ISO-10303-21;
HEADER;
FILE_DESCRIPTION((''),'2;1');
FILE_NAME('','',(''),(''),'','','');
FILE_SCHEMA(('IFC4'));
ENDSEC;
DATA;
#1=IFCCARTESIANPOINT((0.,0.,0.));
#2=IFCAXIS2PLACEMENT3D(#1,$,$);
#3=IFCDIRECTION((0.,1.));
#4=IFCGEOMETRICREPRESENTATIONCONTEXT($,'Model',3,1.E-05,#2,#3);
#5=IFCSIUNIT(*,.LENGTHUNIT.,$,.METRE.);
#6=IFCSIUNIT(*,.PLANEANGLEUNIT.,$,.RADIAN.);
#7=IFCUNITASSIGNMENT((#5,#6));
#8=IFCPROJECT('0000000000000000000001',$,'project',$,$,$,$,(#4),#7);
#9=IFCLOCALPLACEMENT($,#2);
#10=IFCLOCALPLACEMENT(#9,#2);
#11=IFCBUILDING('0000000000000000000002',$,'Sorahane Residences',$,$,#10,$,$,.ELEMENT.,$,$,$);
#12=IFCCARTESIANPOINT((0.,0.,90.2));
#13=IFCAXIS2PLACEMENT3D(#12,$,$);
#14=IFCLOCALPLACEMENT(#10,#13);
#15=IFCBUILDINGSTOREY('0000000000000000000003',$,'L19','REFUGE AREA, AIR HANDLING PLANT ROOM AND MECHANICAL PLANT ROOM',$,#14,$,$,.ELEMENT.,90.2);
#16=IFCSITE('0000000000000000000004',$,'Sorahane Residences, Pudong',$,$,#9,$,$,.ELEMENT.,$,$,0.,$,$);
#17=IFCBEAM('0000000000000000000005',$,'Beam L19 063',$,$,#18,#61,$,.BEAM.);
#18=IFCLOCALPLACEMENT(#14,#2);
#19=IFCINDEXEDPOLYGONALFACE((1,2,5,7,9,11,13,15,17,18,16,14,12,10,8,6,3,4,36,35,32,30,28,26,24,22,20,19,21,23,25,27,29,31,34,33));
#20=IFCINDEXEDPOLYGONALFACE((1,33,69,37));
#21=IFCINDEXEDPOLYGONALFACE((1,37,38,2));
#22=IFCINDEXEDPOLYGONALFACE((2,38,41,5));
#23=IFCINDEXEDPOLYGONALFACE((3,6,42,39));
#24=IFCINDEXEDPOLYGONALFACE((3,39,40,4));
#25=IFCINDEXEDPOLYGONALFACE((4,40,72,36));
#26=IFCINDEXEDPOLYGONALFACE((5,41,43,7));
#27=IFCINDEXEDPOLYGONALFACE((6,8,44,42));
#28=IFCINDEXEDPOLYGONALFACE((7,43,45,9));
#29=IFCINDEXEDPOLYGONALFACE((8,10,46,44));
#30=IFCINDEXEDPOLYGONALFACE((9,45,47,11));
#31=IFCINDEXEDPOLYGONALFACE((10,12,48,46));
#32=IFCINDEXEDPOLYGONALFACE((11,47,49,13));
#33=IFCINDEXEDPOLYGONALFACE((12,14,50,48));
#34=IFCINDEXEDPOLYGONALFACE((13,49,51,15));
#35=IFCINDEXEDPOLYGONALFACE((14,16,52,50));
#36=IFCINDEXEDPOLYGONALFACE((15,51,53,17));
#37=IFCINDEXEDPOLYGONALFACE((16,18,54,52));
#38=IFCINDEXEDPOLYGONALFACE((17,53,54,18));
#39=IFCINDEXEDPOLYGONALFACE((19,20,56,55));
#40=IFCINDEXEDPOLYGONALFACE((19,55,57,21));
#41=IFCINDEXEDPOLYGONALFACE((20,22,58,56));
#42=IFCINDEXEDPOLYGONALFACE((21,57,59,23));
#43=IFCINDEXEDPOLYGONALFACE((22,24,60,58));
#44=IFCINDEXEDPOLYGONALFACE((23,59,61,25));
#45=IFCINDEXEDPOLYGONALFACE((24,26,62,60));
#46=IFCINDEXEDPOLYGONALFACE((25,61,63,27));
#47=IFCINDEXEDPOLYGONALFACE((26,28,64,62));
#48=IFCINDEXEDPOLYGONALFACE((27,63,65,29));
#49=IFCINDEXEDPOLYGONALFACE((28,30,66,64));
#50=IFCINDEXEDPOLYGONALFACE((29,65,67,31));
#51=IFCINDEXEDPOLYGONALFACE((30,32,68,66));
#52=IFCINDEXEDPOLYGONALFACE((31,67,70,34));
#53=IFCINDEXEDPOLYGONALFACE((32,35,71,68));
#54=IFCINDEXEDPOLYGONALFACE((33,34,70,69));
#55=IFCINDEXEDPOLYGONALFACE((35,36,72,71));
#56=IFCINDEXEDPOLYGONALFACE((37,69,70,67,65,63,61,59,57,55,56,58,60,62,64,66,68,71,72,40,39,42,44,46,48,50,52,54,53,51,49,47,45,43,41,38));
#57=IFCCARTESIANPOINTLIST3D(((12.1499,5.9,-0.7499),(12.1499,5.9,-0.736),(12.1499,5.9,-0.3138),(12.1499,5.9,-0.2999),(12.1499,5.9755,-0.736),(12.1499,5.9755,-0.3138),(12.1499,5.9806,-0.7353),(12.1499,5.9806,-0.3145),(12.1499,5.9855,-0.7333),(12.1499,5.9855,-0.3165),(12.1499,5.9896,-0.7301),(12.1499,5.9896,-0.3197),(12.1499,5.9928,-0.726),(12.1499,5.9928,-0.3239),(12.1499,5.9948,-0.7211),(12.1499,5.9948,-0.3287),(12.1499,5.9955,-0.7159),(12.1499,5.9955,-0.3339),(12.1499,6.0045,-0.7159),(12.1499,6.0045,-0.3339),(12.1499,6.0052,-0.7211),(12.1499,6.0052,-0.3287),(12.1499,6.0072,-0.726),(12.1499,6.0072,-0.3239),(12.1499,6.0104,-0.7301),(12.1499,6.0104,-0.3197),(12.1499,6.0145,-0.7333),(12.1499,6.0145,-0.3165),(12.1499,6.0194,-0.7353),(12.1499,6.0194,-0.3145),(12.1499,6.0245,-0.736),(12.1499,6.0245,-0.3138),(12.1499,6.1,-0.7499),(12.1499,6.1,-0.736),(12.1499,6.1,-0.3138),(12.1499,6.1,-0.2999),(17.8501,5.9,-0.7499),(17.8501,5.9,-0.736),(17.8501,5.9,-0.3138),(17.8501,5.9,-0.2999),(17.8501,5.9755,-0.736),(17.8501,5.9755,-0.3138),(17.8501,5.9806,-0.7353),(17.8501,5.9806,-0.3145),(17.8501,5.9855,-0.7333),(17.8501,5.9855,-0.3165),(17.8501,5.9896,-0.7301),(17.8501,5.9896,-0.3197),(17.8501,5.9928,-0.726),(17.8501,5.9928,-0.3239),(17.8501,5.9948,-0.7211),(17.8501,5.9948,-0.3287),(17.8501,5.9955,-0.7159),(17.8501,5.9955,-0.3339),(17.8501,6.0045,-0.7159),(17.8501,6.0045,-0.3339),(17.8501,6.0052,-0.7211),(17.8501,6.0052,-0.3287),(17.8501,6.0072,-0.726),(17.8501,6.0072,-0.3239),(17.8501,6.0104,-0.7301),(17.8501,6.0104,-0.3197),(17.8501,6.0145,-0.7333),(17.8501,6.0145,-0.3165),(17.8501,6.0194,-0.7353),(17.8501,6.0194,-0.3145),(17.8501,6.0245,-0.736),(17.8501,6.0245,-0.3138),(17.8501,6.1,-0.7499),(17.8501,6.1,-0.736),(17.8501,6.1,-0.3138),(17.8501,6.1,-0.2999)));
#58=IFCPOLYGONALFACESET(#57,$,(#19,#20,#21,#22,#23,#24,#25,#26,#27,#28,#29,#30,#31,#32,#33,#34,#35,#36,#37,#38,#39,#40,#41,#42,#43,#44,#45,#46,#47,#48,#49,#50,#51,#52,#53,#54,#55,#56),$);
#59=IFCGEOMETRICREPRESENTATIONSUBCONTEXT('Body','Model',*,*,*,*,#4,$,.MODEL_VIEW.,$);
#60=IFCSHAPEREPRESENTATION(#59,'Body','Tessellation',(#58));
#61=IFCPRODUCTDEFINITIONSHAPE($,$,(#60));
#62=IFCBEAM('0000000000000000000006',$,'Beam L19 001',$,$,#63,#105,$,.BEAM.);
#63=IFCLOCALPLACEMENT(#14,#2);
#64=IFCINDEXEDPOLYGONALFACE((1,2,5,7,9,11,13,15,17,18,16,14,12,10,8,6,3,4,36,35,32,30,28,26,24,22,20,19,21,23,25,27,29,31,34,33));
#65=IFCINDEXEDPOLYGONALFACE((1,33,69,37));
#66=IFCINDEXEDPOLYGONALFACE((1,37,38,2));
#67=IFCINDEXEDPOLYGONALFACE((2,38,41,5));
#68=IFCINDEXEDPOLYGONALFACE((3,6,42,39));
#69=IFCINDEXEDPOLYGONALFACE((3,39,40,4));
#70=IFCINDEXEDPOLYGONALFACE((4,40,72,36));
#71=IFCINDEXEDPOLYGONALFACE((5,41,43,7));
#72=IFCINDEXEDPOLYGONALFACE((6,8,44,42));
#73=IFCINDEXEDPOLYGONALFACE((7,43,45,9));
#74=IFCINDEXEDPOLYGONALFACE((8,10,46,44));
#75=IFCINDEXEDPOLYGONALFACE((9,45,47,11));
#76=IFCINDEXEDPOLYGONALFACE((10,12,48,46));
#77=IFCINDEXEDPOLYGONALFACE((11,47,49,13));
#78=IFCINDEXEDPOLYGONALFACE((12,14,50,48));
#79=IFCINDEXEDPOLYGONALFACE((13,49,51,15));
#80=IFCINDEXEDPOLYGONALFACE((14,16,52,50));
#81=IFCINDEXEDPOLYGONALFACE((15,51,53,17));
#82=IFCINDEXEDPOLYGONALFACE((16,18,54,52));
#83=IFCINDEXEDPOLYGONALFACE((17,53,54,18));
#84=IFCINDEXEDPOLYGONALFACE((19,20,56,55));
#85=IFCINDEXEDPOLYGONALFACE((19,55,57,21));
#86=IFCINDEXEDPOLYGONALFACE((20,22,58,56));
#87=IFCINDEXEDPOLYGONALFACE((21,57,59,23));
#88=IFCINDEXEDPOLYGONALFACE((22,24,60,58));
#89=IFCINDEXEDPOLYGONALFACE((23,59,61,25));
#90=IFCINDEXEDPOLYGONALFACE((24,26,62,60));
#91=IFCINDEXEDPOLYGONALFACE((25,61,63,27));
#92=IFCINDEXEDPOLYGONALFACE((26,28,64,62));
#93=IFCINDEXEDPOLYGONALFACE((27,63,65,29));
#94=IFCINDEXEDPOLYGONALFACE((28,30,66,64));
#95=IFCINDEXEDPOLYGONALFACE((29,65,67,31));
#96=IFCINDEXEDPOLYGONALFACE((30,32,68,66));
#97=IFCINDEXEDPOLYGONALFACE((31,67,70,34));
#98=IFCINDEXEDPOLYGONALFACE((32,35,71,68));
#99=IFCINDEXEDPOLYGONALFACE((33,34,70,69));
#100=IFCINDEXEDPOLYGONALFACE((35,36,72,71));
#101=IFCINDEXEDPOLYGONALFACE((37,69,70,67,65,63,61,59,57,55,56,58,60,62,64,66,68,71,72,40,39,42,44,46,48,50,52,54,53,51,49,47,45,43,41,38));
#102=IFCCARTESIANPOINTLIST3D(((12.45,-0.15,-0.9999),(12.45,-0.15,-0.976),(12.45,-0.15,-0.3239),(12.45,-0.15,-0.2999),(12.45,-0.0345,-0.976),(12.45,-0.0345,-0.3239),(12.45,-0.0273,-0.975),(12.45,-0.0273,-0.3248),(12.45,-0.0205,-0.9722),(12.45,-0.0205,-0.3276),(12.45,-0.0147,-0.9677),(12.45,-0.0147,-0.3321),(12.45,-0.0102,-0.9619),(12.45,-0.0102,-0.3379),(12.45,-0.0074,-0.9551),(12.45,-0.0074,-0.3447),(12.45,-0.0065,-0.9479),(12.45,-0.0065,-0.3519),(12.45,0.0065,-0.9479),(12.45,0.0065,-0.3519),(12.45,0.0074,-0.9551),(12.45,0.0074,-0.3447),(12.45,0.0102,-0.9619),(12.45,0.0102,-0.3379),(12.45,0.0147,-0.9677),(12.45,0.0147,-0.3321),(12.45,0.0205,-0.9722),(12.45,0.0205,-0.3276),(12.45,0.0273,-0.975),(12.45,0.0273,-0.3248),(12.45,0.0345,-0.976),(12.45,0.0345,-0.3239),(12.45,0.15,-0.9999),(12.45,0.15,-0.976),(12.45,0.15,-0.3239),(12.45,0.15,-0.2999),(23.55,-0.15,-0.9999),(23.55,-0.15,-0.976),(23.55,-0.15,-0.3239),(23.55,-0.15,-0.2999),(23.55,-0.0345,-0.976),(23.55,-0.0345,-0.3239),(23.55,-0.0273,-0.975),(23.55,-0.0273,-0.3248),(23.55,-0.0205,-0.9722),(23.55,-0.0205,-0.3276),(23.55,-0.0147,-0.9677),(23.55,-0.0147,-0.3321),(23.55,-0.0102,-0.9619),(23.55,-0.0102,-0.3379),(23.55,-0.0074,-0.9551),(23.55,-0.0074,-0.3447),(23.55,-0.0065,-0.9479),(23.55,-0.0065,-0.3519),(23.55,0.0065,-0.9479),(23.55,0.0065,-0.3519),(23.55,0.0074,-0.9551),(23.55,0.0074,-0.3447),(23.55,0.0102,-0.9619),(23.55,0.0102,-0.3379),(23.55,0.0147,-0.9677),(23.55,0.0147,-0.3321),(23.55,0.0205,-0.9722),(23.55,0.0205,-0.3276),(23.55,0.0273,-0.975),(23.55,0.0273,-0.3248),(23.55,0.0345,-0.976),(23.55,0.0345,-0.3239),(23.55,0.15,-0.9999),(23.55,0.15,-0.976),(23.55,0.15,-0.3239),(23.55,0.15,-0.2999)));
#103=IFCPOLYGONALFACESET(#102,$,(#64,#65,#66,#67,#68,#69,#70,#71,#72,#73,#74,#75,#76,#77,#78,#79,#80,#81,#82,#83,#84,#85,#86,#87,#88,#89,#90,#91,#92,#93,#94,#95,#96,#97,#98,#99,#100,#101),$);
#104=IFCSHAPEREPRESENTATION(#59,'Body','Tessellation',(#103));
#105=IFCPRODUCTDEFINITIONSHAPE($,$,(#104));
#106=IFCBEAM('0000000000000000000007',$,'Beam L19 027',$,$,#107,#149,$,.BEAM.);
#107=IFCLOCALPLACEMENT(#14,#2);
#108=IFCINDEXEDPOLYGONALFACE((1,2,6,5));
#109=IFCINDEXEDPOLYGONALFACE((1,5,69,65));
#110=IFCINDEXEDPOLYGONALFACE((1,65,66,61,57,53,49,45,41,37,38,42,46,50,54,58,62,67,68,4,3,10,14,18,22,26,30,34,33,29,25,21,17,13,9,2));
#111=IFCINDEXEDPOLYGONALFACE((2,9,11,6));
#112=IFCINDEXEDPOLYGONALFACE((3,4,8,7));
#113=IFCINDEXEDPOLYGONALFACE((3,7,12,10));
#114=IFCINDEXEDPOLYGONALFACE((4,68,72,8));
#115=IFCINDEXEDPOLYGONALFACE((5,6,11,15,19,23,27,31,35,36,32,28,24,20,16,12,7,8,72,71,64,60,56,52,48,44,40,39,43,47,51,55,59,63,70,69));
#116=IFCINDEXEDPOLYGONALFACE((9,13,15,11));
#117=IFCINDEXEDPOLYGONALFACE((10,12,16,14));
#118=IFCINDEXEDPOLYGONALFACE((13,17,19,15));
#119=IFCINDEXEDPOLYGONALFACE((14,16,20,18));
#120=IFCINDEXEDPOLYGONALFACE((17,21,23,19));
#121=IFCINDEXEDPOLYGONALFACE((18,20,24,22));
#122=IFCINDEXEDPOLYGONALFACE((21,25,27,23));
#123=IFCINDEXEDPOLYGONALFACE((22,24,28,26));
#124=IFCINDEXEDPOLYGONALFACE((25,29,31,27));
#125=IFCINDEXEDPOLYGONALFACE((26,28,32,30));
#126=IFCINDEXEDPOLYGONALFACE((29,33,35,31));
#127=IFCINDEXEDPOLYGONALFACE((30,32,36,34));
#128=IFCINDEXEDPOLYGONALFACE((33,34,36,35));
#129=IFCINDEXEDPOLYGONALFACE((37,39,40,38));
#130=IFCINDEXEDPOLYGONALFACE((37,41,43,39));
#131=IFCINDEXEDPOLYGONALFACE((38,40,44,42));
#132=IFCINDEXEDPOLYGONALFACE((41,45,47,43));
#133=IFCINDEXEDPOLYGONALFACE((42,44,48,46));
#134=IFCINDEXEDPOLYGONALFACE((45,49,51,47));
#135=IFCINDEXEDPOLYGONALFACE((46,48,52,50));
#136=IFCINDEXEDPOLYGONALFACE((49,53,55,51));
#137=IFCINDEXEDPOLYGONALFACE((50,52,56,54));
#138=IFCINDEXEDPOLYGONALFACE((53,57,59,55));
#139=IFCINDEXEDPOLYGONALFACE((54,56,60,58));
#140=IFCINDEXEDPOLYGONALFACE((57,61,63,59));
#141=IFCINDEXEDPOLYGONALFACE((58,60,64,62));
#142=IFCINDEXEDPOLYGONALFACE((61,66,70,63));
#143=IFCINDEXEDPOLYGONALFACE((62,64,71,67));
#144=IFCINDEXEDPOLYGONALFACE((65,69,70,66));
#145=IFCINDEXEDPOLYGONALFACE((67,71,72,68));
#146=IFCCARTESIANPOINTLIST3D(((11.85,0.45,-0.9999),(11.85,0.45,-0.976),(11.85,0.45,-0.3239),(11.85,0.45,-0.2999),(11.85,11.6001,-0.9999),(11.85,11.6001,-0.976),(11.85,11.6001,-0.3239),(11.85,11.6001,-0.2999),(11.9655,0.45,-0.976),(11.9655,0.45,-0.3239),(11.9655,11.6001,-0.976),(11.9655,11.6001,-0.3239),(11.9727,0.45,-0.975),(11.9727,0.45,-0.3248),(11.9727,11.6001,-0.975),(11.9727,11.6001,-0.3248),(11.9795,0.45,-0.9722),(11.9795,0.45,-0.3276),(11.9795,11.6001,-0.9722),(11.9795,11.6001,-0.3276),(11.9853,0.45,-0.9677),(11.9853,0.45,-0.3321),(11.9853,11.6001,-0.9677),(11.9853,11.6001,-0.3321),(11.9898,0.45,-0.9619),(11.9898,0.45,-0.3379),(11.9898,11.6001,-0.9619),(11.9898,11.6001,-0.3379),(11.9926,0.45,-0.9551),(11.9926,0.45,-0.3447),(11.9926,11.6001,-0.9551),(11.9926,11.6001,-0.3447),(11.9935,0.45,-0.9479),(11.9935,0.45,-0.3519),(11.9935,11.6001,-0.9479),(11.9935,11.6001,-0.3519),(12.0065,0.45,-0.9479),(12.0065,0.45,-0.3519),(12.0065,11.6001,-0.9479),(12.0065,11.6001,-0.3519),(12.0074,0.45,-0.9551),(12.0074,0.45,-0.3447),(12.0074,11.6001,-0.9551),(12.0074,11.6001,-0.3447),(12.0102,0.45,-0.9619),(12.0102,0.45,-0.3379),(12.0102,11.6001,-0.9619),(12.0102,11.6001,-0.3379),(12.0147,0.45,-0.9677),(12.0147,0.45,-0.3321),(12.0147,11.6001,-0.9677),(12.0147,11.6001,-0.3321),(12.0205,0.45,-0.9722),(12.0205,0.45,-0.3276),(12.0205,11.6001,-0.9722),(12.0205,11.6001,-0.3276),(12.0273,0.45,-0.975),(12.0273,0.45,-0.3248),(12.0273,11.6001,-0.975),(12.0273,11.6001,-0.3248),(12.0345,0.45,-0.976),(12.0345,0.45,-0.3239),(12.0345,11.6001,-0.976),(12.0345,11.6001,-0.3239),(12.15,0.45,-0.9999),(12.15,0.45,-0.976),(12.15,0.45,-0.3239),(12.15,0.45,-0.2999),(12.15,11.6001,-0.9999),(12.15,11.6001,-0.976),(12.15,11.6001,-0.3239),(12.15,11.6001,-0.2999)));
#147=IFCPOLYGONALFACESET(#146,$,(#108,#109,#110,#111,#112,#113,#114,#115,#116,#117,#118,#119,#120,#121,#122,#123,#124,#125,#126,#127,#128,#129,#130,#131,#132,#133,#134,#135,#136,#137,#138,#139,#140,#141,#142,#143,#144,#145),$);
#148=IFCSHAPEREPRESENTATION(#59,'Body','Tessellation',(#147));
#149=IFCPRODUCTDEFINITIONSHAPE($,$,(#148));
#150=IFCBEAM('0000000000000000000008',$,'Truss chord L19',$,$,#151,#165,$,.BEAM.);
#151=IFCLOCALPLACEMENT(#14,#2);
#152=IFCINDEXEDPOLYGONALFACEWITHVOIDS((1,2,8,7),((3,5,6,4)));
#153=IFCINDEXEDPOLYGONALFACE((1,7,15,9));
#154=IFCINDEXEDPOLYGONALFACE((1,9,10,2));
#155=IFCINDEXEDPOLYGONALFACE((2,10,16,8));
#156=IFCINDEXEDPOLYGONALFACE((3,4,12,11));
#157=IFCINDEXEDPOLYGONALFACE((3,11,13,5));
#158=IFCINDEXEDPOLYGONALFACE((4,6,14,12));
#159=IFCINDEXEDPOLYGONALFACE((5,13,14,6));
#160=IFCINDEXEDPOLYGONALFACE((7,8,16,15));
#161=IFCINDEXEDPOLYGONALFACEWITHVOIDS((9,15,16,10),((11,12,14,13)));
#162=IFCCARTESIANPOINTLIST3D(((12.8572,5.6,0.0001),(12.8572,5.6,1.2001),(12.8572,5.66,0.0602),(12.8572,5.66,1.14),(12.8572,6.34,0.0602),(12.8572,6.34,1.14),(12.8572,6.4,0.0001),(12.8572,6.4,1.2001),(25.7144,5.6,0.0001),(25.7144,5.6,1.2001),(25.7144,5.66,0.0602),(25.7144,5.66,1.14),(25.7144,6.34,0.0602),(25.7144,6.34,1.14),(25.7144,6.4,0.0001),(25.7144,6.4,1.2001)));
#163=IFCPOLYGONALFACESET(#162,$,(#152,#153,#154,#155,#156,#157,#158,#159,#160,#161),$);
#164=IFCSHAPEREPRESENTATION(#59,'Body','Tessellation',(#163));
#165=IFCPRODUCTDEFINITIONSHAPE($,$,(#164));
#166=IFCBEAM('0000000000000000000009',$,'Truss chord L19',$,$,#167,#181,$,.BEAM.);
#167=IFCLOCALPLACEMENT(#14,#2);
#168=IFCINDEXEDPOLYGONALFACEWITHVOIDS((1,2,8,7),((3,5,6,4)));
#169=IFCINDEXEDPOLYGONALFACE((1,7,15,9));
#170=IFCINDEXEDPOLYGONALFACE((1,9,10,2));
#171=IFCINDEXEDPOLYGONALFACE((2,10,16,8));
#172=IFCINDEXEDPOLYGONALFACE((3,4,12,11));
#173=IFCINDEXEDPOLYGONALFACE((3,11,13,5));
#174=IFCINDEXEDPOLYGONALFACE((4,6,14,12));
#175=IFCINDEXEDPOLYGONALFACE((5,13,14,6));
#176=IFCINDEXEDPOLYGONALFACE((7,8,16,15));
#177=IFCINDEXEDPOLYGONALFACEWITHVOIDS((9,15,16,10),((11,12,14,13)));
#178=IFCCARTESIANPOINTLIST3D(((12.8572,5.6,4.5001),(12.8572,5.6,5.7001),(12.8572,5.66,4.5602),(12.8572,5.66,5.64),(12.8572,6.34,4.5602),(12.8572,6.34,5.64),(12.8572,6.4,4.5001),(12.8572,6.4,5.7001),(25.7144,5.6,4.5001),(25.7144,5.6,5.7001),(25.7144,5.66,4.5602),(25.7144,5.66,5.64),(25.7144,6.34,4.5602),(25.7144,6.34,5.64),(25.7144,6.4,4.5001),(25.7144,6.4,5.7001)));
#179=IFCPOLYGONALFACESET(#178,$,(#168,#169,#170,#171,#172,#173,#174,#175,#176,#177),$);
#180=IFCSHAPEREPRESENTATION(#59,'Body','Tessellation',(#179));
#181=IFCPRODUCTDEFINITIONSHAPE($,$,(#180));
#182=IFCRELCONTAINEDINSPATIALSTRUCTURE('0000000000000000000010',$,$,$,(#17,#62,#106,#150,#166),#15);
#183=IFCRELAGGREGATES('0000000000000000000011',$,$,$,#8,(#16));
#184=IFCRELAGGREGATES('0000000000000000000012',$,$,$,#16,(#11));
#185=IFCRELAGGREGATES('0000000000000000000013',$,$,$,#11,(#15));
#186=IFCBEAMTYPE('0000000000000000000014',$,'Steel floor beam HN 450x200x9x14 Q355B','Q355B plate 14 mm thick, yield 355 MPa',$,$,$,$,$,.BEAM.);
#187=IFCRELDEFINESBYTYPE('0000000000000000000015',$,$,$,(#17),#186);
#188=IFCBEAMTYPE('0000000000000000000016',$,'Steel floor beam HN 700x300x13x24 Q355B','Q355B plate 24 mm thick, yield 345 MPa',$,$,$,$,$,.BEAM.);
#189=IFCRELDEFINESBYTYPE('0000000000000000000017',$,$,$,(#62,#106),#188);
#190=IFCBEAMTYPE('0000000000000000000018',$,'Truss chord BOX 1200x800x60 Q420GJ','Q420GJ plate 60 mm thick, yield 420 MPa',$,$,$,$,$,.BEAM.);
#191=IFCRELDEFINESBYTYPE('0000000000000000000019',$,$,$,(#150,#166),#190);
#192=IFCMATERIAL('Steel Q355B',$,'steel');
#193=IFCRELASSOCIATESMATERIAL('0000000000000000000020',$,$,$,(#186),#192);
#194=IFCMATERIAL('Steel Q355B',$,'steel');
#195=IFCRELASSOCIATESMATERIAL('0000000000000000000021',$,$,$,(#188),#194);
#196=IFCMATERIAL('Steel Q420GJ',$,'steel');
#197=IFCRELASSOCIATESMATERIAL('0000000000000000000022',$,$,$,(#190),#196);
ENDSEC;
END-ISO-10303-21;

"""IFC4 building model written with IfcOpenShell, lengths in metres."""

from ifc_helpers import new_model, si_unit, direction, frame, origin, origin_2d, place, context, subcontext, project, spatial, hollow_rectangle, i_section, extrude, material, material_profile, profile_set, type_object, element, save


model = new_model("IFC4")

# Units and contexts
model_context = context("Model", 3, precision=1e-05, world=origin(), true_north=direction((0.0, 1.0)))
body_context = subcontext(model_context, "Body", "Model", "MODEL_VIEW")
ifc_project = project(units=[si_unit("LENGTHUNIT", "METRE"), si_unit("PLANEANGLEUNIT", "RADIAN")], contexts=[model_context])

# Site, building, storey
site_placement = place(None, origin())
site = spatial("IfcSite", under=ifc_project, at=site_placement, Name="Sorahane Residences, Pudong", CompositionType="ELEMENT", RefElevation=0.0)
building_placement = place(site_placement, origin())
building = spatial("IfcBuilding", under=site, at=building_placement, Name="Sorahane Residences", CompositionType="ELEMENT")
storey_placement = place(building_placement, frame((0.0, 0.0, 90.2)))
storey = spatial("IfcBuildingStorey", under=building, at=storey_placement, Name="L19", Description="REFUGE AREA, AIR HANDLING PLANT ROOM AND MECHANICAL PLANT ROOM", CompositionType="ELEMENT", Elevation=90.2)

# Beams
ifc_material_1 = material(Name="Steel Q355B", Category="steel")
ifc_material_profile_1 = material_profile(ifc_material_1, i_section(OverallWidth=0.2, OverallDepth=0.45, WebThickness=0.009, FlangeThickness=0.0139, FilletRadius=0.02, at=origin_2d()), Name="HN 450x200x9x14")
ifc_profile_set_1 = profile_set([ifc_material_profile_1], Name="Steel Q355B")
beam_type_1 = type_object("IfcBeamType", Name="Steel floor beam HN 450x200x9x14 Q355B", Description="Q355B plate 14 mm thick, yield 355 MPa", PredefinedType="BEAM", material=ifc_profile_set_1)
for number, where, z_axis, x_axis, name in (
    (1, (12.1499, 6.0, -0.5249), (1.0, 0.0, 0.0), (0.0, 1.0, 0.0), "Beam L19 063"),
):
    element("IfcBeam", number, at=place(storey_placement, frame(where, z_axis=z_axis, x_axis=x_axis)), inside=storey, type_object=beam_type_1, Name=name, PredefinedType="BEAM", context=body_context, shape_type="SweptSolid", body=[
        extrude(i_section(OverallWidth=0.2, OverallDepth=0.45, WebThickness=0.009, FlangeThickness=0.0139, FilletRadius=0.02, at=origin_2d()), origin(), (0.0, 0.0, 1.0), 5.7002),
    ])
ifc_material_2 = material(Name="Steel Q355B", Category="steel")
ifc_material_profile_2 = material_profile(ifc_material_2, i_section(OverallWidth=0.3, OverallDepth=0.7, WebThickness=0.0129, FlangeThickness=0.0239, FilletRadius=0.0281, at=origin_2d()), Name="HN 700x300x13x24")
ifc_profile_set_2 = profile_set([ifc_material_profile_2], Name="Steel Q355B")
beam_type_2 = type_object("IfcBeamType", Name="Steel floor beam HN 700x300x13x24 Q355B", Description="Q355B plate 24 mm thick, yield 345 MPa", PredefinedType="BEAM", material=ifc_profile_set_2)
beam_1_placement = place(storey_placement, frame((12.45, 0.0, -0.6499), z_axis=(1.0, 0.0, 0.0), x_axis=(0.0, 1.0, 0.0)))
element("IfcBeam", 2, at=beam_1_placement, inside=storey, type_object=beam_type_2, Name="Beam L19 001", PredefinedType="BEAM", context=body_context, shape_type="SweptSolid", body=[
    extrude(i_section(OverallWidth=0.3, OverallDepth=0.7, WebThickness=0.0129, FlangeThickness=0.0239, FilletRadius=0.0281, at=origin_2d()), origin(), (0.0, 0.0, 1.0), 11.1001),
])
beam_2_placement = place(storey_placement, frame((12.0, 0.45, -0.6499), z_axis=(0.0, 1.0, 0.0), x_axis=(-1.0, 0.0, 0.0)))
element("IfcBeam", 3, at=beam_2_placement, inside=storey, type_object=beam_type_2, Name="Beam L19 027", PredefinedType="BEAM", context=body_context, shape_type="SweptSolid", body=[
    extrude(i_section(OverallWidth=0.3, OverallDepth=0.7, WebThickness=0.0129, FlangeThickness=0.0239, FilletRadius=0.0281, at=origin_2d()), origin(), (0.0, 0.0, 1.0), 11.1501),
])
ifc_material_3 = material(Name="Steel Q420GJ", Category="steel")
ifc_material_profile_3 = material_profile(ifc_material_3, hollow_rectangle(XDim=0.8, YDim=1.2, WallThickness=0.0601, at=origin_2d()), Name="BOX 1200x800x60")
ifc_profile_set_3 = profile_set([ifc_material_profile_3], Name="Steel Q420GJ")
beam_type_3 = type_object("IfcBeamType", Name="Truss chord BOX 1200x800x60 Q420GJ", Description="Q420GJ plate 60 mm thick, yield 420 MPa", PredefinedType="BEAM", material=ifc_profile_set_3)
for number, where, z_axis, x_axis, name in (
    (4, (12.8572, 6.0, 0.6001), (1.0, 0.0, 0.0), (0.0, 1.0, 0.0), "Truss chord L19"),
    (5, (12.8572, 6.0, 5.1001), (1.0, 0.0, 0.0), (0.0, 1.0, 0.0), "Truss chord L19"),
):
    element("IfcBeam", number, at=place(storey_placement, frame(where, z_axis=z_axis, x_axis=x_axis)), inside=storey, type_object=beam_type_3, Name=name, PredefinedType="BEAM", context=body_context, shape_type="SweptSolid", body=[
        extrude(hollow_rectangle(XDim=0.8, YDim=1.2, WallThickness=0.0601, at=origin_2d()), origin(), (0.0, 0.0, 1.0), 12.8572),
    ])

save(model, "model.ifc")
